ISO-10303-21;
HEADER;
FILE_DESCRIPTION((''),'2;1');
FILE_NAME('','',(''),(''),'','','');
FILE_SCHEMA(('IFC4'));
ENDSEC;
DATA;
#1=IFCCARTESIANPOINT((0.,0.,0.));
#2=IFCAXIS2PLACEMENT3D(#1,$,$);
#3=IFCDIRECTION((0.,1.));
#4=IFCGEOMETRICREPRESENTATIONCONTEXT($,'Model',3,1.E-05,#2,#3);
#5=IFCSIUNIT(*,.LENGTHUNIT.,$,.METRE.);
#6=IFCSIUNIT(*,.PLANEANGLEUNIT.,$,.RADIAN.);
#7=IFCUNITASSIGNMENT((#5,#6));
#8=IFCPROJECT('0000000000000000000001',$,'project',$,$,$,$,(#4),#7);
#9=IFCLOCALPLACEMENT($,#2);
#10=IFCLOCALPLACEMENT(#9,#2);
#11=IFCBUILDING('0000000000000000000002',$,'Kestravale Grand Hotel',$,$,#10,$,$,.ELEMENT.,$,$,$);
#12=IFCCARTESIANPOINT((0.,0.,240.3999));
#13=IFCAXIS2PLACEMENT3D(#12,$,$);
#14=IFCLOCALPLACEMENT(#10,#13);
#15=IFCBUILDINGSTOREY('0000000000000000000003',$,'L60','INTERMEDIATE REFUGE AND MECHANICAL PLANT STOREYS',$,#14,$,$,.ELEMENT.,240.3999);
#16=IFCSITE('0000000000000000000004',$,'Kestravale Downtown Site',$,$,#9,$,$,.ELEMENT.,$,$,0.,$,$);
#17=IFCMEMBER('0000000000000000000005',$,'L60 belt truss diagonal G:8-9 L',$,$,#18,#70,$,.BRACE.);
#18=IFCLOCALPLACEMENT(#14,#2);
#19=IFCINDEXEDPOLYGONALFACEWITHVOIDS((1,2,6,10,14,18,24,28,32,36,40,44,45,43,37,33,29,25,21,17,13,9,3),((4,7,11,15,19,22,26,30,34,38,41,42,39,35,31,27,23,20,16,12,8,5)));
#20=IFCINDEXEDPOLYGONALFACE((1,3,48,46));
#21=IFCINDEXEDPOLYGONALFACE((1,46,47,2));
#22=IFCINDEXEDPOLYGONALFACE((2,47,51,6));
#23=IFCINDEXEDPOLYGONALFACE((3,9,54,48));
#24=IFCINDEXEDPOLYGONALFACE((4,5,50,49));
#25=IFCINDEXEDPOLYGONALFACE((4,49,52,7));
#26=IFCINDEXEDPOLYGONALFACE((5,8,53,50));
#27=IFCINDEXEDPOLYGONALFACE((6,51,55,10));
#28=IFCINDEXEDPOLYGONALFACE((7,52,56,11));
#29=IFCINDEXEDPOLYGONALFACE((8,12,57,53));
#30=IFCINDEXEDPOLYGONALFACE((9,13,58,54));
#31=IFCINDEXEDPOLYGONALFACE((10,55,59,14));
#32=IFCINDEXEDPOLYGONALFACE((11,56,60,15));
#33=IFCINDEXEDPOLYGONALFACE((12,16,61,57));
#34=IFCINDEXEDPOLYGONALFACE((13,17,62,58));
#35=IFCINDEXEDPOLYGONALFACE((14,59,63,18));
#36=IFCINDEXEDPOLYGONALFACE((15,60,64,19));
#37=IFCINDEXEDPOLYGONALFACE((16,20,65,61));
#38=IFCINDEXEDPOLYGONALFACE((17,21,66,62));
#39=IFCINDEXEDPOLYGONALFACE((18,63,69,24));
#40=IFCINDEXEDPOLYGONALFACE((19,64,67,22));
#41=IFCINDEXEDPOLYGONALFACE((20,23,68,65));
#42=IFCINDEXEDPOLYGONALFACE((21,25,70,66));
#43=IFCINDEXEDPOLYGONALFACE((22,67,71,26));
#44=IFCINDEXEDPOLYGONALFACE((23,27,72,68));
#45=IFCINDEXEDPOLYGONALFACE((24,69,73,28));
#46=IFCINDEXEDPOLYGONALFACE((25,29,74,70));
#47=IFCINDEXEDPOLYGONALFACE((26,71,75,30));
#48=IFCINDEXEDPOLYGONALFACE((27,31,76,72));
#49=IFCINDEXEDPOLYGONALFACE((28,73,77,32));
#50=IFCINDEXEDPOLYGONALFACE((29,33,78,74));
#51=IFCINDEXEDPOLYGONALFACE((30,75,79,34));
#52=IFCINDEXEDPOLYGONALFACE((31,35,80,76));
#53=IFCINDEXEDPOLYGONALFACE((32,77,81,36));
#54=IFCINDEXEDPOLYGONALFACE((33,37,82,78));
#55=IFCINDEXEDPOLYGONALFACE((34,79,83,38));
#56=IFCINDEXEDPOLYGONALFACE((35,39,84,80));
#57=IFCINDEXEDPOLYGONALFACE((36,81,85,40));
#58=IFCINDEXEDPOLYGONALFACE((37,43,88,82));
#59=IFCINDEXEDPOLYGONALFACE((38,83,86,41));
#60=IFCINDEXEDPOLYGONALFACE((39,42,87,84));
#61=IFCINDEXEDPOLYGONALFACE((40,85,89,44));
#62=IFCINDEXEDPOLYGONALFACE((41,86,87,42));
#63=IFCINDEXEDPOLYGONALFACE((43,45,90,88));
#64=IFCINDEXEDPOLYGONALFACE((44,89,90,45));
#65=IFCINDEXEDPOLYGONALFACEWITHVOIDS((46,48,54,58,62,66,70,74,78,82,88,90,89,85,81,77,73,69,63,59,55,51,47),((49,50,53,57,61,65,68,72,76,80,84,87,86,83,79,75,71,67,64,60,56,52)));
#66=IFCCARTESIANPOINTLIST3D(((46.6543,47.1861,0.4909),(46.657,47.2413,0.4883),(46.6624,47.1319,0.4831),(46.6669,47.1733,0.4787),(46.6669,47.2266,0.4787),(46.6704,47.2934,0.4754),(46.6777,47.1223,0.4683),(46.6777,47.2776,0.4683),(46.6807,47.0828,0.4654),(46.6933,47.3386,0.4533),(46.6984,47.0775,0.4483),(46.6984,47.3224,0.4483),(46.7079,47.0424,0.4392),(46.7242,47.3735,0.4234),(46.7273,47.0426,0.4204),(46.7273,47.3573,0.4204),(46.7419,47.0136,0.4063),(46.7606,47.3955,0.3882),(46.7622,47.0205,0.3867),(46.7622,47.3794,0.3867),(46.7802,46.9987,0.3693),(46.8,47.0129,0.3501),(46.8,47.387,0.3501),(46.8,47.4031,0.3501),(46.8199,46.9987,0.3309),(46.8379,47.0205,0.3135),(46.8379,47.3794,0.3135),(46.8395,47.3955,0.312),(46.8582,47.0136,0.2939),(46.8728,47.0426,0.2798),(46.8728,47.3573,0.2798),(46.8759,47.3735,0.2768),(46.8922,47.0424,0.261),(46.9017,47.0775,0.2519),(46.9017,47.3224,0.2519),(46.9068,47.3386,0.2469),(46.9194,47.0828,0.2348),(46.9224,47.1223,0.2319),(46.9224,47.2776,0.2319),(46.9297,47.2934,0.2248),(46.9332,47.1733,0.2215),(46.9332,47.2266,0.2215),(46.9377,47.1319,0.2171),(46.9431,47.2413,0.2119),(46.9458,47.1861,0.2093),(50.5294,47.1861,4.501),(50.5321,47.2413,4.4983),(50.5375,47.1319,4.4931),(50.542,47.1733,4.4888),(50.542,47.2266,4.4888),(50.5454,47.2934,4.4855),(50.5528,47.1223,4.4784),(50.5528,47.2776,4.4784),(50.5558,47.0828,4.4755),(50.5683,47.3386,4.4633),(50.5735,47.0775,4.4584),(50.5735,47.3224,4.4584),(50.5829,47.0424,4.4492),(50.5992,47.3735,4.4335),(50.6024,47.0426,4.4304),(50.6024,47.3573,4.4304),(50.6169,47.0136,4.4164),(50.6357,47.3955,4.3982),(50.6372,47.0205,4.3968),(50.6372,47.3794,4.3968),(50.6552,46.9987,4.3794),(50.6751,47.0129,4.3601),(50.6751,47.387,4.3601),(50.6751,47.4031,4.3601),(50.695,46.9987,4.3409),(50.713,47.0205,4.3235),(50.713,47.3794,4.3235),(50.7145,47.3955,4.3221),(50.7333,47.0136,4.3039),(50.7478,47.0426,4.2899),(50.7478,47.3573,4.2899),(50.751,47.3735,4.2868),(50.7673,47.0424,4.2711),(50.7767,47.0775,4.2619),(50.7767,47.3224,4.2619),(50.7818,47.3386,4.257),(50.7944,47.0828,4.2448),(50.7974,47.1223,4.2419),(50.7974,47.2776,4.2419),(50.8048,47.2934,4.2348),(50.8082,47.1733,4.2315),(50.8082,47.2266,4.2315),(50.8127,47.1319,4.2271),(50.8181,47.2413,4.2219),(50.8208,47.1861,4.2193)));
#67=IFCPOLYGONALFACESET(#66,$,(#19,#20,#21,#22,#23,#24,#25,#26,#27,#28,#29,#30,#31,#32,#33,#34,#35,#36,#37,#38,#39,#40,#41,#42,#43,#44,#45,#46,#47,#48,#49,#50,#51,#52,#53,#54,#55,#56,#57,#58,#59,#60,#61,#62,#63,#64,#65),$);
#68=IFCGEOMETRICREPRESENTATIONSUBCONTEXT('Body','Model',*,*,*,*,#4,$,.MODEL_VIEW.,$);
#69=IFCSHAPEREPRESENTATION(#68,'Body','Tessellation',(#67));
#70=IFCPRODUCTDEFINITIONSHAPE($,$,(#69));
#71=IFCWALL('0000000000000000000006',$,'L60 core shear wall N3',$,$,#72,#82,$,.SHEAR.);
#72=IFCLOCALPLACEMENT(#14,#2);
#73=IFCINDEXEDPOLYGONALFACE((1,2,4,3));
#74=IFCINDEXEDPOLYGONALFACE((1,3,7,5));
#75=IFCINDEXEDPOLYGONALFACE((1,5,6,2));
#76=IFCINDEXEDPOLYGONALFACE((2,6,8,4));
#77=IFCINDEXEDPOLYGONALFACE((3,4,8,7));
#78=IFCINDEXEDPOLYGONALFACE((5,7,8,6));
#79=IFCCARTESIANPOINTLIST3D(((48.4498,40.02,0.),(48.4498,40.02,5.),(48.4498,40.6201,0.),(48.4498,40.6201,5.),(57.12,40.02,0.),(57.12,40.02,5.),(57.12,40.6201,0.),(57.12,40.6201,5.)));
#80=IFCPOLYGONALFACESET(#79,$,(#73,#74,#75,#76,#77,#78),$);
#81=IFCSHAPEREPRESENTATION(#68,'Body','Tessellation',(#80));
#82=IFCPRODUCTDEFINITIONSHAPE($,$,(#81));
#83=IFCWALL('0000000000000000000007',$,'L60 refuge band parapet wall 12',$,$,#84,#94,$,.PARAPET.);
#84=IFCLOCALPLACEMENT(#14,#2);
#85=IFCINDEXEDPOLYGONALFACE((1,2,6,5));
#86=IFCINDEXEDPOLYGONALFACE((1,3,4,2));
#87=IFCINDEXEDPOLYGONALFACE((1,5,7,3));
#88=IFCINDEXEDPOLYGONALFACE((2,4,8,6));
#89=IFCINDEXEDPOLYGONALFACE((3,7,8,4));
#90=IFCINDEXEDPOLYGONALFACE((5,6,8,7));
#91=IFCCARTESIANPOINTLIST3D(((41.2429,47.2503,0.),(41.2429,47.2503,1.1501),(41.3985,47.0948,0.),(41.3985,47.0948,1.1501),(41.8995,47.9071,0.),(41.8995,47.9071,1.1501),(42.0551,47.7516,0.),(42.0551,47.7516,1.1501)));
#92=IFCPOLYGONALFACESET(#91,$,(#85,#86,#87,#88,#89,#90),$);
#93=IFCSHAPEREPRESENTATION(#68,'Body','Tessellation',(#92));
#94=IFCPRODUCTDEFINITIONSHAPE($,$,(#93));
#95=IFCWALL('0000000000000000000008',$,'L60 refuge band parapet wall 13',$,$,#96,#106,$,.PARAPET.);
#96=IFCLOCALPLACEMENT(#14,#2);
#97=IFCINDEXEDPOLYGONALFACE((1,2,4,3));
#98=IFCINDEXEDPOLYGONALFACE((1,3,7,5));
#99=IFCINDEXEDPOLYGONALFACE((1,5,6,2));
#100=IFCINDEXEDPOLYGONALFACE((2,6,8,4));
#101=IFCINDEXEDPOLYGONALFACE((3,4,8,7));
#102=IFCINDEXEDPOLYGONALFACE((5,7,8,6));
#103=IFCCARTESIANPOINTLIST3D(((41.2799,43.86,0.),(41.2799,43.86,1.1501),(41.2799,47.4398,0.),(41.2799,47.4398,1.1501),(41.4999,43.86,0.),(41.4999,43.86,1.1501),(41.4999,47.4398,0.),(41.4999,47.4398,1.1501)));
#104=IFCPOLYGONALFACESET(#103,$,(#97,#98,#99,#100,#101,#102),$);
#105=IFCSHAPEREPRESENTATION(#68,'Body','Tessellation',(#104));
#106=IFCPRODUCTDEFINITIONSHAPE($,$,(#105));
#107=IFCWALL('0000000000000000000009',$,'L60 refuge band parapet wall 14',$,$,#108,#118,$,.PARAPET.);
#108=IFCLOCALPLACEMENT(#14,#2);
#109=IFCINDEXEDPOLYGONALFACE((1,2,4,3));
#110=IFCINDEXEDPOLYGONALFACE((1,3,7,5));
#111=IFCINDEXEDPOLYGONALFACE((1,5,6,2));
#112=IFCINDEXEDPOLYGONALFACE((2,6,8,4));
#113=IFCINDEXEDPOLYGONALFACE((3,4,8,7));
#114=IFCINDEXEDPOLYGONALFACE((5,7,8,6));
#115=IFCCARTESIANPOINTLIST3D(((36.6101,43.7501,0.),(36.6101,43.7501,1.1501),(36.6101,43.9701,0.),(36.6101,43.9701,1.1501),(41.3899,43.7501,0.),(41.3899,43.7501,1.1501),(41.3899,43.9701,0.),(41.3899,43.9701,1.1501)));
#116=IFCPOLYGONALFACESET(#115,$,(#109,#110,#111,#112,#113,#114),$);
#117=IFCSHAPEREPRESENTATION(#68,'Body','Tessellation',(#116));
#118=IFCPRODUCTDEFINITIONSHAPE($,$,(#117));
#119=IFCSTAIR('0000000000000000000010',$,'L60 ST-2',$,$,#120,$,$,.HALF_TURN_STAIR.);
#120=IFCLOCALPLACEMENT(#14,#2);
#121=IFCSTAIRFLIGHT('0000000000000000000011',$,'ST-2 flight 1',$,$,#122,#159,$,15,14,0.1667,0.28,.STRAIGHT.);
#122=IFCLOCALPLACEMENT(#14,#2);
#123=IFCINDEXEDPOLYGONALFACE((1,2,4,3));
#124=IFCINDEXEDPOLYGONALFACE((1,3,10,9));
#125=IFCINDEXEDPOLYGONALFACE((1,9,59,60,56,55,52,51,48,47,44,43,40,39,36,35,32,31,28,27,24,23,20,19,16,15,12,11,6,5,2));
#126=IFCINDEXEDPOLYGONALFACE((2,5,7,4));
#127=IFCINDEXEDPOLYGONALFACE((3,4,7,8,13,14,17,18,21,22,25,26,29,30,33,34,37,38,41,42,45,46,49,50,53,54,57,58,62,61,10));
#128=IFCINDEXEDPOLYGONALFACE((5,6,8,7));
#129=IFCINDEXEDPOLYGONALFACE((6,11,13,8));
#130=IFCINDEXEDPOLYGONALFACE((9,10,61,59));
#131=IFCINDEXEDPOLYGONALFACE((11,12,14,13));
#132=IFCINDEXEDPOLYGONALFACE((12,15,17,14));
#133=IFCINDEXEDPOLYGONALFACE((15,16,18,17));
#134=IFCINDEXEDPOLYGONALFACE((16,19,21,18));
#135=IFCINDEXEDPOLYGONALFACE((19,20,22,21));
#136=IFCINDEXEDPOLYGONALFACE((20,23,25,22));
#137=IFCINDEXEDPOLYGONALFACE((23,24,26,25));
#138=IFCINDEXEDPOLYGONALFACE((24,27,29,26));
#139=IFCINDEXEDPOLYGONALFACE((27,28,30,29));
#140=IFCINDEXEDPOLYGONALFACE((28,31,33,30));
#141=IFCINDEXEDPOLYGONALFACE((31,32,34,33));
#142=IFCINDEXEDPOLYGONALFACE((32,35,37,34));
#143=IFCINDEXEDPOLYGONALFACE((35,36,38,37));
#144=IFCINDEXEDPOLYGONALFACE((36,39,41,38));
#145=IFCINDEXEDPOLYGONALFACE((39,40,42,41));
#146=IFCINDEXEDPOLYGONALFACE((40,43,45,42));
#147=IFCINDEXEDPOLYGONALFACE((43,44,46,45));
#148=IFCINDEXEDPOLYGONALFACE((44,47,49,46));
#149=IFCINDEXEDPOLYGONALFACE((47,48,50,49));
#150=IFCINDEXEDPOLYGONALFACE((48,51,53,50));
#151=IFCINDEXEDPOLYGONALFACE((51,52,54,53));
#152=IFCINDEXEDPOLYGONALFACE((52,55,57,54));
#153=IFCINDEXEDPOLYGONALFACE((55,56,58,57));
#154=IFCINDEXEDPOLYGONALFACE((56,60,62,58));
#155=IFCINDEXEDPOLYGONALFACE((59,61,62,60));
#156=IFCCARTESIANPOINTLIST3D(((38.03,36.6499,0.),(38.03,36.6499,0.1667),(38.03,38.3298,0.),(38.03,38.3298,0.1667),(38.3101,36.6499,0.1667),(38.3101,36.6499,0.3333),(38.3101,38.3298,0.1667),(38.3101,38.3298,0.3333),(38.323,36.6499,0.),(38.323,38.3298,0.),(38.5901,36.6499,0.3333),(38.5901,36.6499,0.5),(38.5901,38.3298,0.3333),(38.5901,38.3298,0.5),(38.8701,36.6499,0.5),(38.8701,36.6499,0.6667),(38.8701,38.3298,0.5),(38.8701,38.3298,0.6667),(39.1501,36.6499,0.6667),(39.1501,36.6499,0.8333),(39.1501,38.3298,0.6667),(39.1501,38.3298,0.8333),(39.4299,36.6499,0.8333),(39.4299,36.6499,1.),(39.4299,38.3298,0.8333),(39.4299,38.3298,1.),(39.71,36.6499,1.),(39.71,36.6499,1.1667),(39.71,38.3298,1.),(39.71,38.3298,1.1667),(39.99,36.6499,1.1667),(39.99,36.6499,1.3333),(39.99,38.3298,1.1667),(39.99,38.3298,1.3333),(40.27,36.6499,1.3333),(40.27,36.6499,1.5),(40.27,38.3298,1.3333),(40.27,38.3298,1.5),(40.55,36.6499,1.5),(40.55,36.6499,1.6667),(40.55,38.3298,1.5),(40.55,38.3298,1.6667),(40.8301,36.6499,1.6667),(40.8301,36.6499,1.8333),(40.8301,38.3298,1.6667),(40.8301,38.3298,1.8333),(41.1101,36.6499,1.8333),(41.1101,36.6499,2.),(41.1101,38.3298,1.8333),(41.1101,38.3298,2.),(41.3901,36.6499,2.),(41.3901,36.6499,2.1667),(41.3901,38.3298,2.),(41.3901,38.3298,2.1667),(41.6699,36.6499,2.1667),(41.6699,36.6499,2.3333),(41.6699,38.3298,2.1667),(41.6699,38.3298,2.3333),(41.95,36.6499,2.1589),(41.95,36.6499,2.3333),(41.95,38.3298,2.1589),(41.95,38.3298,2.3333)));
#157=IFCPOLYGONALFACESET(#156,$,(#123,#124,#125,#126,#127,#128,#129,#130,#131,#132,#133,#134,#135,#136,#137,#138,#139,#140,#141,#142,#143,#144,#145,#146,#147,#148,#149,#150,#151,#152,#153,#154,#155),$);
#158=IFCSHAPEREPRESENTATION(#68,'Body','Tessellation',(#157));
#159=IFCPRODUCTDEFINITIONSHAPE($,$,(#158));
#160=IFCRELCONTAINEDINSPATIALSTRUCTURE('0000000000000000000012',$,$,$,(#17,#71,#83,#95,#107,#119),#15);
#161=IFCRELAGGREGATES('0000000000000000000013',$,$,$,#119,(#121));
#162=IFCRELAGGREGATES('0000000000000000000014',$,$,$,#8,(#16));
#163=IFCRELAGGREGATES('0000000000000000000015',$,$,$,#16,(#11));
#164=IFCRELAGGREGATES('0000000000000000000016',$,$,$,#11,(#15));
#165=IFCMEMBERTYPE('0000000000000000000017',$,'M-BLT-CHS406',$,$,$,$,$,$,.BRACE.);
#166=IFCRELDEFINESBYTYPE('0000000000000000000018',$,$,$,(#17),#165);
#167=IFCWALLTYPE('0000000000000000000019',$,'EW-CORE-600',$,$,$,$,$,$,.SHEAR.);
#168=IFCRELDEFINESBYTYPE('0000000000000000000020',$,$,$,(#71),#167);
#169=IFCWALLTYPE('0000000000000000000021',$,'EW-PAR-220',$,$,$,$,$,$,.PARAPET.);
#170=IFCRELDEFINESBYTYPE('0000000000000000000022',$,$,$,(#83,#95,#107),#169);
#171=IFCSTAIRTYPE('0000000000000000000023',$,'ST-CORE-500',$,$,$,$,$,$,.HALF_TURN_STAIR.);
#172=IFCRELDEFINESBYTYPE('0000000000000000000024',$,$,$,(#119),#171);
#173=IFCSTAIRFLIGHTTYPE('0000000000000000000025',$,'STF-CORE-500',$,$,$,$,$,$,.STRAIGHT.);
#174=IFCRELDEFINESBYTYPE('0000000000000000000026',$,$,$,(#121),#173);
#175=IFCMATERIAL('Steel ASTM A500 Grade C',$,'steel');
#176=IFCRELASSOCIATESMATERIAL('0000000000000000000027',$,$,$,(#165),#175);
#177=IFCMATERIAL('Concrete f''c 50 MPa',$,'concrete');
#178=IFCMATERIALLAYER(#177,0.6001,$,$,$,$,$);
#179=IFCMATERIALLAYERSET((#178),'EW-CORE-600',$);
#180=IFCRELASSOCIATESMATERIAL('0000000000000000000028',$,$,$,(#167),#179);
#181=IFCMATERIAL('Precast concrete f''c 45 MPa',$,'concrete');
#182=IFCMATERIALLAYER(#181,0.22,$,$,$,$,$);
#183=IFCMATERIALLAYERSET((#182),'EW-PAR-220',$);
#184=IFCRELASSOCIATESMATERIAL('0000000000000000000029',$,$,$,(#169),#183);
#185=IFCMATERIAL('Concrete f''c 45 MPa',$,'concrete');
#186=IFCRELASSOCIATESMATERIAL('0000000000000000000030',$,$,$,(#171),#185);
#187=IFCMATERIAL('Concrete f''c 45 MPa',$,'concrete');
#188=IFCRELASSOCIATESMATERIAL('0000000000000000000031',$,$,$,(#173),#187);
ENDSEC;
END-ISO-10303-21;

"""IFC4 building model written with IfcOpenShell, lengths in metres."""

from ifc_helpers import new_model, si_unit, direction, frame, frame_2d, origin, origin_2d, place, context, subcontext, project, spatial, polyline, rectangle, hollow_circle, outline, extrude, material, layer, layer_set, material_profile, profile_set, type_object, element, aggregate, save


model = new_model("IFC4")

# Units and contexts
model_context = context("Model", 3, precision=1e-05, world=origin(), true_north=direction((0.0, 1.0)))
body_context = subcontext(model_context, "Body", "Model", "MODEL_VIEW")
ifc_project = project(units=[si_unit("LENGTHUNIT", "METRE"), si_unit("PLANEANGLEUNIT", "RADIAN")], contexts=[model_context])

# Site, building, storey
site_placement = place(None, origin())
site = spatial("IfcSite", under=ifc_project, at=site_placement, Name="Kestravale Downtown Site", CompositionType="ELEMENT", RefElevation=0.0)
building_placement = place(site_placement, origin())
building = spatial("IfcBuilding", under=site, at=building_placement, Name="Kestravale Grand Hotel", CompositionType="ELEMENT")
storey_placement = place(building_placement, frame((0.0, 0.0, 240.3999)))
storey = spatial("IfcBuildingStorey", under=building, at=storey_placement, Name="L60", Description="INTERMEDIATE REFUGE AND MECHANICAL PLANT STOREYS", CompositionType="ELEMENT", Elevation=240.3999)

# Member
ifc_material_1 = material(Name="Steel ASTM A500 Grade C", Category="steel")
ifc_material_profile_1 = material_profile(ifc_material_1, hollow_circle(Radius=0.2031, WallThickness=0.0161, at=origin_2d()))
ifc_profile_set_1 = profile_set([ifc_material_profile_1], Name="Steel ASTM A500 Grade C")
member_type_1 = type_object("IfcMemberType", Name="M-BLT-CHS406", PredefinedType="BRACE", material=ifc_profile_set_1)
member_1_placement = place(storey_placement, frame((46.8, 47.2, 0.3501), z_axis=(0.694898, 0.0, 0.719109), x_axis=(0.0, 1.0, 0.0)))
element("IfcMember", 1, at=member_1_placement, inside=storey, type_object=member_type_1, Name="L60 belt truss diagonal G:8-9 L", PredefinedType="BRACE", context=body_context, shape_type="SweptSolid", body=[
    extrude(hollow_circle(Radius=0.2031, WallThickness=0.0161, at=origin_2d()), origin(), (0.0, 0.0, 1.0), 5.5764),
])

# Walls
ifc_material_2 = material(Name="Concrete f'c 50 MPa", Category="concrete")
ifc_layer_1 = layer(ifc_material_2, 0.6001)
ifc_layer_set_1 = layer_set([ifc_layer_1], Name="EW-CORE-600")
wall_type_1 = type_object("IfcWallType", Name="EW-CORE-600", PredefinedType="SHEAR", material=ifc_layer_set_1)
wall_1_placement = place(storey_placement, frame((48.45, 40.3201, 0.0), z_axis=(0.0, 0.0, 1.0), x_axis=(1.0, 0.0, 0.0)))
element("IfcWall", 2, at=wall_1_placement, inside=storey, type_object=wall_type_1, Name="L60 core shear wall N3", PredefinedType="SHEAR", context=body_context, shape_type="SweptSolid", body=[
    extrude(rectangle(XDim=8.6702, YDim=0.6001, at=frame_2d((4.335, 0.0))), origin(), (0.0, 0.0, 1.0), 5.0),
])
ifc_material_3 = material(Name="Precast concrete f'c 45 MPa", Category="concrete")
ifc_layer_2 = layer(ifc_material_3, 0.22)
ifc_layer_set_2 = layer_set([ifc_layer_2], Name="EW-PAR-220")
wall_type_2 = type_object("IfcWallType", Name="EW-PAR-220", PredefinedType="PARAPET", material=ifc_layer_set_2)
wall_2_placement = place(storey_placement, frame((41.9773, 47.8293, 0.0), z_axis=(0.0, 0.0, 1.0), x_axis=(-0.706975, -0.707238, 0.0)))
element("IfcWall", 3, at=wall_2_placement, inside=storey, type_object=wall_type_2, Name="L60 refuge band parapet wall 12", PredefinedType="PARAPET", context=body_context, shape_type="SweptSolid", body=[
    extrude(rectangle(XDim=0.9287, YDim=0.22, at=frame_2d((0.4644, 0.0))), origin(), (0.0, 0.0, 1.0), 1.1501),
])
wall_3_placement = place(storey_placement, frame((41.3899, 47.4399, 0.0), z_axis=(0.0, 0.0, 1.0), x_axis=(0.0, -1.0, 0.0)))
element("IfcWall", 4, at=wall_3_placement, inside=storey, type_object=wall_type_2, Name="L60 refuge band parapet wall 13", PredefinedType="PARAPET", context=body_context, shape_type="SweptSolid", body=[
    extrude(rectangle(XDim=3.5798, YDim=0.22, at=frame_2d((1.79, 0.0))), origin(), (0.0, 0.0, 1.0), 1.1501),
])
wall_4_placement = place(storey_placement, frame((41.3899, 43.8601, 0.0), z_axis=(0.0, 0.0, 1.0), x_axis=(-1.0, 0.0, 0.0)))
element("IfcWall", 5, at=wall_4_placement, inside=storey, type_object=wall_type_2, Name="L60 refuge band parapet wall 14", PredefinedType="PARAPET", context=body_context, shape_type="SweptSolid", body=[
    extrude(rectangle(XDim=4.7798, YDim=0.22, at=frame_2d((2.3899, 0.0))), origin(), (0.0, 0.0, 1.0), 1.1501),
])

# Stair, stair flight
ifc_material_4 = material(Name="Concrete f'c 45 MPa", Category="concrete")
stair_type = type_object("IfcStairType", Name="ST-CORE-500", PredefinedType="HALF_TURN_STAIR", material=ifc_material_4)
stair_placement = place(storey_placement, origin())
stair = element("IfcStair", 6, at=stair_placement, inside=storey, type_object=stair_type, Name="L60 ST-2", PredefinedType="HALF_TURN_STAIR")
ifc_material_5 = material(Name="Concrete f'c 45 MPa", Category="concrete")
stair_flight_type = type_object("IfcStairFlightType", Name="STF-CORE-500", PredefinedType="STRAIGHT", material=ifc_material_5)
stair_flight_1_placement = place(storey_placement, frame((38.03, 37.49, 0.0), z_axis=(0.0, 0.0, 1.0), x_axis=(1.0, 0.0, 0.0)))
stair_flight_1 = element("IfcStairFlight", 7, at=stair_flight_1_placement, type_object=stair_flight_type, Name="ST-2 flight 1", NumberOfRisers=15, NumberOfTreads=14, PredefinedType="STRAIGHT", RiserHeight=0.1667, TreadLength=0.28, context=body_context, shape_type="SweptSolid", body=[
    extrude(outline(polyline([(0.0, 0.0), (0.0, 0.1667), (0.28, 0.1667), (0.28, 0.3333), (0.5601, 0.3333), (0.5601, 0.5), (0.8401, 0.5), (0.8401, 0.6667), (1.1201, 0.6667), (1.1201, 0.8333), (1.3999, 0.8333), (1.3999, 1.0), (1.6799, 1.0), (1.6799, 1.1667), (1.96, 1.1667), (1.96, 1.3333), (2.24, 1.3333), (2.24, 1.5), (2.52, 1.5), (2.52, 1.6667), (2.8, 1.6667), (2.8, 1.8333), (3.0801, 1.8333), (3.0801, 2.0), (3.3601, 2.0), (3.3601, 2.1667), (3.6399, 2.1667), (3.6399, 2.3333), (3.9199, 2.3333), (3.9199, 2.5), (3.9199, 2.1589), (0.293, 0.0), (0.0, 0.0)])), frame((0.0, 0.8398, 0.0), z_axis=(0.0, -1.0, 0.0), x_axis=(1.0, 0.0, 0.0)), (0.0, 0.0, 1.0), 1.6799),
])
aggregate(stair, [stair_flight_1])

save(model, "model.ifc")
